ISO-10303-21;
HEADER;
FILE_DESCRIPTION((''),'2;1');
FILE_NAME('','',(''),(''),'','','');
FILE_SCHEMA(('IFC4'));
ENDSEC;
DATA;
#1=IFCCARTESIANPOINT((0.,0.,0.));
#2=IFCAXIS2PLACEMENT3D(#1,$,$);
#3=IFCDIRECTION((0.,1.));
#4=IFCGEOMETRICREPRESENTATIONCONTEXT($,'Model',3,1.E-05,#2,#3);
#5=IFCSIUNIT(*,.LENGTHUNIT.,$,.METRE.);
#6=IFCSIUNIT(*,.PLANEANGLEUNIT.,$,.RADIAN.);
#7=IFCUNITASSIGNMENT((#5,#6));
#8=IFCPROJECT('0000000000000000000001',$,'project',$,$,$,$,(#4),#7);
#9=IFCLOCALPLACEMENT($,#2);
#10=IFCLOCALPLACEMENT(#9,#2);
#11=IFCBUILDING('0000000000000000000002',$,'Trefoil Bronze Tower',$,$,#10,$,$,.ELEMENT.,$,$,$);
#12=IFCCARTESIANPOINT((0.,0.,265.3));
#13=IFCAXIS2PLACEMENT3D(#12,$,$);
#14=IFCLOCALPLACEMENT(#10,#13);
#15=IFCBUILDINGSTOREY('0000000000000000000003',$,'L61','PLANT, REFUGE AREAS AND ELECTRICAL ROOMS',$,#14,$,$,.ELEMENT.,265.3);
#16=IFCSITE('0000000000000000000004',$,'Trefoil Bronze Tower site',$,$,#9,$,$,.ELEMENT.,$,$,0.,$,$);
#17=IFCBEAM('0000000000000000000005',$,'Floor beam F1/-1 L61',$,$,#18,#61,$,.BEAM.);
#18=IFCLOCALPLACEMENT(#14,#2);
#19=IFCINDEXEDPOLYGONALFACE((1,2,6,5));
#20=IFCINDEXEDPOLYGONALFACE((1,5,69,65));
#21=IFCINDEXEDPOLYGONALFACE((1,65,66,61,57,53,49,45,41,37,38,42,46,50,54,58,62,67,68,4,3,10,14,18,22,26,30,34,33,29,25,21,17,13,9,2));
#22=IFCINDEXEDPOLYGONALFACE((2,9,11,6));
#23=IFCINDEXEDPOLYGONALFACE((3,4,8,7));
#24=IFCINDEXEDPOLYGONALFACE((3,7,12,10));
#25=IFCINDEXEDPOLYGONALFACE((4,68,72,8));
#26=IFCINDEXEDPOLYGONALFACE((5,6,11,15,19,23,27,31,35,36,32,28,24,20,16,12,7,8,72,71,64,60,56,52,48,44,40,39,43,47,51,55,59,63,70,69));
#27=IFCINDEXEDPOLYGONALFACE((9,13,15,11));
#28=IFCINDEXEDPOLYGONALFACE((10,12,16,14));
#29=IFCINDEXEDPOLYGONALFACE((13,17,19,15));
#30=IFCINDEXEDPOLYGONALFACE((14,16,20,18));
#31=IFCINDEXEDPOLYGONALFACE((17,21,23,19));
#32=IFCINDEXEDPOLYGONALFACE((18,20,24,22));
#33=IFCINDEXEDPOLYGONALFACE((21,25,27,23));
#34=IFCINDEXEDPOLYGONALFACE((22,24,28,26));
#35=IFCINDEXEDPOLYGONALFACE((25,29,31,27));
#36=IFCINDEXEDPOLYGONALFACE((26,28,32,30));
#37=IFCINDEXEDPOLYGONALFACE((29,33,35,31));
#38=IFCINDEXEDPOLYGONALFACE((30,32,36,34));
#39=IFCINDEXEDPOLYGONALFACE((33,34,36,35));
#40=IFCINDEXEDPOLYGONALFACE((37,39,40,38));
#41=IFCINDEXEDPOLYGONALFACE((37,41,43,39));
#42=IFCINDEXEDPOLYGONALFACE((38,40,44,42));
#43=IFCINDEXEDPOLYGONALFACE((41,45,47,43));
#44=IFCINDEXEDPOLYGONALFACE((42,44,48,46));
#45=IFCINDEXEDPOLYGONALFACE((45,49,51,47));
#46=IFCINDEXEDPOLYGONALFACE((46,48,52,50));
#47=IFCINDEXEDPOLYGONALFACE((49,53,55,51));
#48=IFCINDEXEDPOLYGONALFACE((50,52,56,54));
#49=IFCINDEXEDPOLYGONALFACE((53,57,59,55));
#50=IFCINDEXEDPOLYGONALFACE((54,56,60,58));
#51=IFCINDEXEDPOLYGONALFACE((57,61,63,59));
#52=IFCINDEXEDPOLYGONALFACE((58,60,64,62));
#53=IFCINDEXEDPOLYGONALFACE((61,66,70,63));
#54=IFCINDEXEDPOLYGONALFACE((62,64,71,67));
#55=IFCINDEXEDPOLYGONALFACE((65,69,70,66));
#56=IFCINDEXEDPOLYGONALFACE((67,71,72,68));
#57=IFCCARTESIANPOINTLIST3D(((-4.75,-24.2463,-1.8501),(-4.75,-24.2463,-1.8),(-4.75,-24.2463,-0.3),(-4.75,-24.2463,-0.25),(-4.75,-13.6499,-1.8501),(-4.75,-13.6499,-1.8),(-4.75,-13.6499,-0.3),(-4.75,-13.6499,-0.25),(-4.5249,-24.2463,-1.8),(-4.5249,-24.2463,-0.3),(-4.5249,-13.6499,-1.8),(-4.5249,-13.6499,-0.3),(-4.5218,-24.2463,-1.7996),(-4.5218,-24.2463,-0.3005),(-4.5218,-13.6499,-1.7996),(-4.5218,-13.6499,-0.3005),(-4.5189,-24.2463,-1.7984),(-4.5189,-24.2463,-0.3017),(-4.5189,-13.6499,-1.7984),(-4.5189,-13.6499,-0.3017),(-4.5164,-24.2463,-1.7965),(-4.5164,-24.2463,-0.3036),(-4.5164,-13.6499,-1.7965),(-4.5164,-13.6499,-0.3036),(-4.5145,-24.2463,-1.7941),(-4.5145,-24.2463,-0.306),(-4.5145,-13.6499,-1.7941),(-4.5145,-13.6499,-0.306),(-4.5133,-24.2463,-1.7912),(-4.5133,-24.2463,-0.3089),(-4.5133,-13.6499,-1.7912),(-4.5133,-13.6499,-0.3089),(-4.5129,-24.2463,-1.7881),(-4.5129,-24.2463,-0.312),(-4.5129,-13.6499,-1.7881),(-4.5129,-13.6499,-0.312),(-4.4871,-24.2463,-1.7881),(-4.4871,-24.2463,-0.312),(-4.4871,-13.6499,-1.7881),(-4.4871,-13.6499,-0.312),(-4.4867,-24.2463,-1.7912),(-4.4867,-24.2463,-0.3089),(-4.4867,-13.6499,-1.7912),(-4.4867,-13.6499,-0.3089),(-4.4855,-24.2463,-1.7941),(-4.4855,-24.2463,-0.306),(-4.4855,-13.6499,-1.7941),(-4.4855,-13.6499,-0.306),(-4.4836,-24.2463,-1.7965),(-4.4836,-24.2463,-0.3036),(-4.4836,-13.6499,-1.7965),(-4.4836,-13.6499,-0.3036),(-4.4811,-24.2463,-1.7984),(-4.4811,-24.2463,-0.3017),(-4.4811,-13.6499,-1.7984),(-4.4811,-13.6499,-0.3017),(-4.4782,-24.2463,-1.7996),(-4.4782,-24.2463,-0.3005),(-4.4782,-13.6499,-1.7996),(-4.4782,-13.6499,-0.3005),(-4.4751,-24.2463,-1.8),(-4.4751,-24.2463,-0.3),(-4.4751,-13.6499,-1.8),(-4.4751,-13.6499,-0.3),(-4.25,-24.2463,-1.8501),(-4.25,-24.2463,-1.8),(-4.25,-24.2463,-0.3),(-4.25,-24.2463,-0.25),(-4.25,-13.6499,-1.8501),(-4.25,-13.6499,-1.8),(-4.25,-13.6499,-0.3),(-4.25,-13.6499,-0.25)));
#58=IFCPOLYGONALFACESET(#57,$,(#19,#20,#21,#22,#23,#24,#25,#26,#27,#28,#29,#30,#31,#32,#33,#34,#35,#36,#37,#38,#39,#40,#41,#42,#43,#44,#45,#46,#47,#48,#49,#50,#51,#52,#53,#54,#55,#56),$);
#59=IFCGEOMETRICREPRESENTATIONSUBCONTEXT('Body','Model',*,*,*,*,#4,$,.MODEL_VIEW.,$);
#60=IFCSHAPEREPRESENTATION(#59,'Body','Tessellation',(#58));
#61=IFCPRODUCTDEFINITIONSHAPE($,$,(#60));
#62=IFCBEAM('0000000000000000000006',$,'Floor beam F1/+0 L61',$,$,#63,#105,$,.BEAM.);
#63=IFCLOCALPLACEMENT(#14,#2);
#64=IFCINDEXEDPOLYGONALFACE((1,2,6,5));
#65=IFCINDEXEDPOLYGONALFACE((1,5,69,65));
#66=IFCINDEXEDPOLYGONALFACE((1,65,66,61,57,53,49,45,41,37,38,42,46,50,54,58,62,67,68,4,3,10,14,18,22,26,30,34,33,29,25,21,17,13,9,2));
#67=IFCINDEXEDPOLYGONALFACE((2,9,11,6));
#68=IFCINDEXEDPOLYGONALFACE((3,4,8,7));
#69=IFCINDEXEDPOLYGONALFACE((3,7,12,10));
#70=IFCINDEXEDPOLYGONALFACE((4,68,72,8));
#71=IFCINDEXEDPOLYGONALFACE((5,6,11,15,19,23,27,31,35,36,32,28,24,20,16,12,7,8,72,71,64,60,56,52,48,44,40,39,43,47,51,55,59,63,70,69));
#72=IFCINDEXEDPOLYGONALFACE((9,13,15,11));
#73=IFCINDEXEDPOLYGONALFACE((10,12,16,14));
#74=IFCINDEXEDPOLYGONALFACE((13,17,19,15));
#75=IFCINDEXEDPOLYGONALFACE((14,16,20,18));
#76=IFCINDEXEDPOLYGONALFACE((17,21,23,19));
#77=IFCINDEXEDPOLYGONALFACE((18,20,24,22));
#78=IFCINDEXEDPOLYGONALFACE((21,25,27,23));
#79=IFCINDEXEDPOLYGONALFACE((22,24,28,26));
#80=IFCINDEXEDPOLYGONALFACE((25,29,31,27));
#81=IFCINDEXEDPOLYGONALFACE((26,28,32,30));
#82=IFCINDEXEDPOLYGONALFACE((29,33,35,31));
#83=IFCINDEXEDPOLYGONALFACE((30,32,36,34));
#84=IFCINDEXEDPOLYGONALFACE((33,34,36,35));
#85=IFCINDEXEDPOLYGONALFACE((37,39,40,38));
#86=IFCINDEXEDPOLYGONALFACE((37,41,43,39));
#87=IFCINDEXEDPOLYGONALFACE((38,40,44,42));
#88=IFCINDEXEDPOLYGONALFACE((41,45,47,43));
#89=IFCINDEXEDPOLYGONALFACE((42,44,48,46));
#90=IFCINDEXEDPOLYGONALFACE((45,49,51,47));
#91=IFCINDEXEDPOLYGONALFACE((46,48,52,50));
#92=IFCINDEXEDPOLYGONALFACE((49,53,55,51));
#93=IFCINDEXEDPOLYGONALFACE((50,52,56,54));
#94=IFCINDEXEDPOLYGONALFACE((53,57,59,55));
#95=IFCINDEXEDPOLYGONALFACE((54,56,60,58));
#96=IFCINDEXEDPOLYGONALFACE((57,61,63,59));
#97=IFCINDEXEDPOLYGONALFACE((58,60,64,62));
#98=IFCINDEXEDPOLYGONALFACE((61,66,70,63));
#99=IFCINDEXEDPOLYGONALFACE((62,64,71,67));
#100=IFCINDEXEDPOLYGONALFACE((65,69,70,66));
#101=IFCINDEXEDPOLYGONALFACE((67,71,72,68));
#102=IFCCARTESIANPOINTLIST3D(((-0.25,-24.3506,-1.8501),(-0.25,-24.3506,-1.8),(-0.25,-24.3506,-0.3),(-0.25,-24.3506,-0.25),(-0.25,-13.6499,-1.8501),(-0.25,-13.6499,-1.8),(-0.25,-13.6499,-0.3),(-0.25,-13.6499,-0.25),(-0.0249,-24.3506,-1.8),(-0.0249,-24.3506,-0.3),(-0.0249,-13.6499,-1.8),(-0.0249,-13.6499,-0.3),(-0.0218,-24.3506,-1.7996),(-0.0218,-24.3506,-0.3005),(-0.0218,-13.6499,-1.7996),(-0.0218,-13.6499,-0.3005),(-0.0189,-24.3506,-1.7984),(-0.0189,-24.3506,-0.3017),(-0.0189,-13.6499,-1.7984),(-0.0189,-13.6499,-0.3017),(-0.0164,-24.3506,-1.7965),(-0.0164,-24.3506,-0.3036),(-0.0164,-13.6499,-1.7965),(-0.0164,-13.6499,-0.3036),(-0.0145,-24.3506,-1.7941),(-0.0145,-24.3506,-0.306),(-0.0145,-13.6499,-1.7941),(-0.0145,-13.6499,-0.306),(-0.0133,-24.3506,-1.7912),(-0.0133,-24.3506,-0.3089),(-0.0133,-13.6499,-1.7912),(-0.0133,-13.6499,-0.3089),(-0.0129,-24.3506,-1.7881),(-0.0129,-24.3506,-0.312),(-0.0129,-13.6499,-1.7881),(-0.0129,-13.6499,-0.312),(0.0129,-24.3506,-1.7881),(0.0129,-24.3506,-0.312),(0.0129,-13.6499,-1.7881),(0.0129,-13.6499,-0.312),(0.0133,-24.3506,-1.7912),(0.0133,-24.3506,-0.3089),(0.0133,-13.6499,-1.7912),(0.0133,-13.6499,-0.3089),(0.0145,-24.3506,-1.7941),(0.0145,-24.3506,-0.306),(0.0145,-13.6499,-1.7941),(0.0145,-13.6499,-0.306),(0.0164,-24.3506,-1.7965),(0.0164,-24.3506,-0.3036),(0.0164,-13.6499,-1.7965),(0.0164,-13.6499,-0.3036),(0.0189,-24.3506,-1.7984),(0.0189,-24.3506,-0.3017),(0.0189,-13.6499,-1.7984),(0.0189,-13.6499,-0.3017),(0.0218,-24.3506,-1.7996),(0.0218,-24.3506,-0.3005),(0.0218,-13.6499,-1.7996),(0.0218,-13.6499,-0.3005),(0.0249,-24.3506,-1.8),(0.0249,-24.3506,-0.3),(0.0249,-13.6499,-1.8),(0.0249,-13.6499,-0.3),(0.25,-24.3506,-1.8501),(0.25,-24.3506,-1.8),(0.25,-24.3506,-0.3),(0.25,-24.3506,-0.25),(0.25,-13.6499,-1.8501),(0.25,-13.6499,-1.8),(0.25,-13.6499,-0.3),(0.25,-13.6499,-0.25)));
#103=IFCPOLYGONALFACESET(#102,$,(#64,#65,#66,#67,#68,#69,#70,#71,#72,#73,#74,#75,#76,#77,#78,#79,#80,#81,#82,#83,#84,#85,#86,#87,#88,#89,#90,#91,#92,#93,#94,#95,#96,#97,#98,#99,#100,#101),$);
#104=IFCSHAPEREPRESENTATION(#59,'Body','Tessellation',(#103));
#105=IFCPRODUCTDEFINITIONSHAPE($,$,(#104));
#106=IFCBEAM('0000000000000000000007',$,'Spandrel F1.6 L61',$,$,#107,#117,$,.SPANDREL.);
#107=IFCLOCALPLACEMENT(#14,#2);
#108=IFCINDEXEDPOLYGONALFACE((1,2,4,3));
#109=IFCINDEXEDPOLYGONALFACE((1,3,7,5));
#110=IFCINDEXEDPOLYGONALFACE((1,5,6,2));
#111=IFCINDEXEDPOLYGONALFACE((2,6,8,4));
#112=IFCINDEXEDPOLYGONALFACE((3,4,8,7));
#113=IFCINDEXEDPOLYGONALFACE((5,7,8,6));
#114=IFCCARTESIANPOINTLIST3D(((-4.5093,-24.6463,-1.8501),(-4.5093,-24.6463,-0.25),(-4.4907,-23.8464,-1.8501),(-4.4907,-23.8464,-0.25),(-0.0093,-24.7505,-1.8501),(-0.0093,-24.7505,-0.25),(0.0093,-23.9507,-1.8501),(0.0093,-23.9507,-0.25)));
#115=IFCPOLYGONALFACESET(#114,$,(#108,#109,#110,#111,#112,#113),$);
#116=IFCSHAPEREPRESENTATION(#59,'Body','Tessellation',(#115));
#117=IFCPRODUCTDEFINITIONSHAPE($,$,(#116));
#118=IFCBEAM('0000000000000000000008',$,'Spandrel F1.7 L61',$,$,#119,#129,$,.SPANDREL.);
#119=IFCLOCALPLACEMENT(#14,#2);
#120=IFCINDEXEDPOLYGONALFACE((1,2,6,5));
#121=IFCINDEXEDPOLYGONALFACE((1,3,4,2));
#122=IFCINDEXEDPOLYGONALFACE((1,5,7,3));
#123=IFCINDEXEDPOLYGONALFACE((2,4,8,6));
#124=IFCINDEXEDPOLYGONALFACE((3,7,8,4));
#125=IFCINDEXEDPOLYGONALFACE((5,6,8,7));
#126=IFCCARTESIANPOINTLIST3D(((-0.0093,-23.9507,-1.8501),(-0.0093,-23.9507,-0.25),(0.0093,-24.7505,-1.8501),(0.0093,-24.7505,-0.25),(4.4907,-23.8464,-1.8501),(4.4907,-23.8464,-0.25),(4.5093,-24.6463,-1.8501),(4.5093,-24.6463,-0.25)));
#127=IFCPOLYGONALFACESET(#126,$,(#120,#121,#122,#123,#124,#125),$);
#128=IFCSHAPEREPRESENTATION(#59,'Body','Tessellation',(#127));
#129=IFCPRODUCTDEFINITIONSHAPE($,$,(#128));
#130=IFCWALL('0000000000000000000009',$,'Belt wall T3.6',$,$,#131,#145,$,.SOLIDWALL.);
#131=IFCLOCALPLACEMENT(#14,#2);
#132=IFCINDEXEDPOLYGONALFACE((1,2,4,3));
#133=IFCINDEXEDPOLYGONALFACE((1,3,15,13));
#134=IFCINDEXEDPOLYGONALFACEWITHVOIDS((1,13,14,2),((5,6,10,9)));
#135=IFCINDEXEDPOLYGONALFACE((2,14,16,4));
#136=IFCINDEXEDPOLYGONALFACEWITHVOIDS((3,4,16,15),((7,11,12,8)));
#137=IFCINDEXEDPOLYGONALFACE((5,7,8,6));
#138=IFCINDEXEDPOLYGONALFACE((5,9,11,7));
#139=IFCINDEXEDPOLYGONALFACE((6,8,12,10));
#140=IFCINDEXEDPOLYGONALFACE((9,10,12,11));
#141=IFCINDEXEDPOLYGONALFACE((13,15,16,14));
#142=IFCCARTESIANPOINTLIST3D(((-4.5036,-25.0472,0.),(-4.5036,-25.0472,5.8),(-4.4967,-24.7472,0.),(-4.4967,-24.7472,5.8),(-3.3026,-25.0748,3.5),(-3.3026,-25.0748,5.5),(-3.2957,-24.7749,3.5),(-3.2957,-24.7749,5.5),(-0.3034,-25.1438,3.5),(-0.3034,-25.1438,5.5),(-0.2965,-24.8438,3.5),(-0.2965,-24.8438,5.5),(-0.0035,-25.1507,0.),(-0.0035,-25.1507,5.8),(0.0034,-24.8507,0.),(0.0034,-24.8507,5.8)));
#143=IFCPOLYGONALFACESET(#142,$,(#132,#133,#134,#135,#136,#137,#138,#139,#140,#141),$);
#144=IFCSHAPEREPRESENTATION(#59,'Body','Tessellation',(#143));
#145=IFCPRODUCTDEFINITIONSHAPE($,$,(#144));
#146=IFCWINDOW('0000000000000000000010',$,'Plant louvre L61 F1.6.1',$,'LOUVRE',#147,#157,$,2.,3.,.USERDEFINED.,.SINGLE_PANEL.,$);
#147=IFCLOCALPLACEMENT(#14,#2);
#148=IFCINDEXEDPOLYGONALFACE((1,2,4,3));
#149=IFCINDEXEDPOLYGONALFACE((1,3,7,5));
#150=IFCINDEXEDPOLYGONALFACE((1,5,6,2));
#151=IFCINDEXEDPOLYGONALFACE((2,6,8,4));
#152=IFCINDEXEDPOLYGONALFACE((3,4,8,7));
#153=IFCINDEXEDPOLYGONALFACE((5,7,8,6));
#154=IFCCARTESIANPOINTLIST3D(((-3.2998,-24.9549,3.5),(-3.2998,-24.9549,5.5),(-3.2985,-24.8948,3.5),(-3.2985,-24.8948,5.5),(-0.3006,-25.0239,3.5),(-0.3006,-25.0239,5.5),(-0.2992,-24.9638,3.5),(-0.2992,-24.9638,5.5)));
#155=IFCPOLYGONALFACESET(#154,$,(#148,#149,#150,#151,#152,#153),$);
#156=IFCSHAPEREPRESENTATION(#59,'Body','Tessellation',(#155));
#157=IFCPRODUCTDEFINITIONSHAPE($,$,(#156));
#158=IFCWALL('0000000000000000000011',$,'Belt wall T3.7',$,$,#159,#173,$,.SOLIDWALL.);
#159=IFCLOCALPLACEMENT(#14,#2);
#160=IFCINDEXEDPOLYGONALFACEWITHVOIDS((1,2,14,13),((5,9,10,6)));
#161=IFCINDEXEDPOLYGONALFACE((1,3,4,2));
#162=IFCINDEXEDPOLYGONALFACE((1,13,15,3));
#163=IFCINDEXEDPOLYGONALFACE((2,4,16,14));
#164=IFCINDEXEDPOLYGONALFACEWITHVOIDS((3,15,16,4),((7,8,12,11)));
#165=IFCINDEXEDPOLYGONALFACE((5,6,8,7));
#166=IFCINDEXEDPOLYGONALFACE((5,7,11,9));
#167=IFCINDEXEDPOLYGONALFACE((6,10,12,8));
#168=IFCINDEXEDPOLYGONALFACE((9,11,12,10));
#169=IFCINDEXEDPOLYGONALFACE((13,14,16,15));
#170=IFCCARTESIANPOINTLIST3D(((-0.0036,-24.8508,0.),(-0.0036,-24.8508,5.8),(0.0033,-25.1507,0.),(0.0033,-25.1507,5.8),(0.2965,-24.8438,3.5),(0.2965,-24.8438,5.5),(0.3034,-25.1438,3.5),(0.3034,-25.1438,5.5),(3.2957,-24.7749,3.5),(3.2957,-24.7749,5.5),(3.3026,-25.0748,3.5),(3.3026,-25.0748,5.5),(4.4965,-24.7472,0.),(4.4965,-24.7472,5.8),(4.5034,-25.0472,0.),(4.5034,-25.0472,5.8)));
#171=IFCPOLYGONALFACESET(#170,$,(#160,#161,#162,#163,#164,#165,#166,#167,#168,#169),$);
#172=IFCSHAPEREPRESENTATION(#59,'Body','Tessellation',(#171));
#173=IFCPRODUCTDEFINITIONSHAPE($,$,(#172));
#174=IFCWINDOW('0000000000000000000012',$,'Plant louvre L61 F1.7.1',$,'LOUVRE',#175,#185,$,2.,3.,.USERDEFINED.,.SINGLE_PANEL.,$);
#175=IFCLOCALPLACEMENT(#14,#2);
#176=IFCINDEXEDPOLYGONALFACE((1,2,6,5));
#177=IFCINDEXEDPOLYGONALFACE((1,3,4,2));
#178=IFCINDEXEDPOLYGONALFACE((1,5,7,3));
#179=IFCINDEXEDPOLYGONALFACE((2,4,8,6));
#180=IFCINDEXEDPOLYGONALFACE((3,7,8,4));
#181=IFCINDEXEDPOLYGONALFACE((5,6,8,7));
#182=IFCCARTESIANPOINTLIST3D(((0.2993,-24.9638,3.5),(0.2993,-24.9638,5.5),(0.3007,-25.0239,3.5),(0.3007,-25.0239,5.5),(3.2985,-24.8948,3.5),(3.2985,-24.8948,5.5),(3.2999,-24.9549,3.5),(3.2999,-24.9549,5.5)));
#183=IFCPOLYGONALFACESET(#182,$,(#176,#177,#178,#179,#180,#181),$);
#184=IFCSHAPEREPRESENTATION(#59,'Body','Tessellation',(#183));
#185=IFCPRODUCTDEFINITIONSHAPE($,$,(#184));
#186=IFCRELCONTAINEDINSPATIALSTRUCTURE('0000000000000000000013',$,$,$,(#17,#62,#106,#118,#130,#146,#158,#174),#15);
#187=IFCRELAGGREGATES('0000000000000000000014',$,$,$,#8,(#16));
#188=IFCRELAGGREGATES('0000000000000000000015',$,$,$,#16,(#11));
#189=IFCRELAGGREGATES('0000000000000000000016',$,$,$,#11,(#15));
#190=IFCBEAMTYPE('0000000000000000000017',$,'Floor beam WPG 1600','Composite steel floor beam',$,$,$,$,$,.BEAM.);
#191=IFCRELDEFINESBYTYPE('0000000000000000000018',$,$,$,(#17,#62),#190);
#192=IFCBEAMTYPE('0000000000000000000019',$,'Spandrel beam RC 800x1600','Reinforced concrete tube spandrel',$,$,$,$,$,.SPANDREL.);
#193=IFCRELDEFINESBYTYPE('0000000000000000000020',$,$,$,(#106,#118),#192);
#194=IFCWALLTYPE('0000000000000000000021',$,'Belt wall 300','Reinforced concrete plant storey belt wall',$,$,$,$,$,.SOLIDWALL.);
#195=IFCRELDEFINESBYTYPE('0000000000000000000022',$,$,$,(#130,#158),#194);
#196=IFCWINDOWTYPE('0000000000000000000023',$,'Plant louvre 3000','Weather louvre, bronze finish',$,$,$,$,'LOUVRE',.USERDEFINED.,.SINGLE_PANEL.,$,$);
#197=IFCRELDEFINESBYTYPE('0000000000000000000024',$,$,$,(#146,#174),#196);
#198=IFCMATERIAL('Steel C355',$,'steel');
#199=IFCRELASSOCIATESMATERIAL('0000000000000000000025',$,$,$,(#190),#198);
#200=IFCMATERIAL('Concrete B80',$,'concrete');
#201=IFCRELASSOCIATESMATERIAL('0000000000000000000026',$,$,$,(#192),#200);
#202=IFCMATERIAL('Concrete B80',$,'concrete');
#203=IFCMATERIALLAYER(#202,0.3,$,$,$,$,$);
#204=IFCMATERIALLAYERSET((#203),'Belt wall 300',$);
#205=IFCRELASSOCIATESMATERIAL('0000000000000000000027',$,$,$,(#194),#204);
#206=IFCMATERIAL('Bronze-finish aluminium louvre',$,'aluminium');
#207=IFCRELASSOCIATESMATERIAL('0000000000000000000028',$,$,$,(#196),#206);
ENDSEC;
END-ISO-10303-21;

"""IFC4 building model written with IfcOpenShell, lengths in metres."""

from ifc_helpers import new_model, si_unit, direction, frame, frame_2d, origin, origin_2d, place, context, subcontext, project, spatial, rectangle, i_section, extrude, material, layer, layer_set, material_profile, profile_set, type_object, element, fill, save


model = new_model("IFC4")

# Units and contexts
model_context = context("Model", 3, precision=1e-05, world=origin(), true_north=direction((0.0, 1.0)))
body_context = subcontext(model_context, "Body", "Model", "MODEL_VIEW")
ifc_project = project(units=[si_unit("LENGTHUNIT", "METRE"), si_unit("PLANEANGLEUNIT", "RADIAN")], contexts=[model_context])

# Site, building, storey
site_placement = place(None, origin())
site = spatial("IfcSite", under=ifc_project, at=site_placement, Name="Trefoil Bronze Tower site", CompositionType="ELEMENT", RefElevation=0.0)
building_placement = place(site_placement, origin())
building = spatial("IfcBuilding", under=site, at=building_placement, Name="Trefoil Bronze Tower", CompositionType="ELEMENT")
storey_placement = place(building_placement, frame((0.0, 0.0, 265.3)))
storey = spatial("IfcBuildingStorey", under=building, at=storey_placement, Name="L61", Description="PLANT, REFUGE AREAS AND ELECTRICAL ROOMS", CompositionType="ELEMENT", Elevation=265.3)

# Beams
ifc_material_1 = material(Name="Steel C355", Category="steel")
ifc_material_profile_1 = material_profile(ifc_material_1, i_section(OverallWidth=0.5, OverallDepth=1.6001, WebThickness=0.0259, FlangeThickness=0.05, FilletRadius=0.012, at=origin_2d()), Name="WPG 1600")
ifc_profile_set_1 = profile_set([ifc_material_profile_1], Name="Steel C355")
beam_type_1 = type_object("IfcBeamType", Name="Floor beam WPG 1600", Description="Composite steel floor beam", PredefinedType="BEAM", material=ifc_profile_set_1)
beam_1_placement = place(storey_placement, frame((-4.5, -24.2463, -1.05), z_axis=(0.0, 1.0, 0.0), x_axis=(-1.0, 0.0, 0.0)))
element("IfcBeam", 1, at=beam_1_placement, inside=storey, type_object=beam_type_1, Name="Floor beam F1/-1 L61", PredefinedType="BEAM", context=body_context, shape_type="SweptSolid", body=[
    extrude(i_section(OverallWidth=0.5, OverallDepth=1.6001, WebThickness=0.0259, FlangeThickness=0.05, FilletRadius=0.012, at=origin_2d()), origin(), (0.0, 0.0, 1.0), 10.5964),
])
beam_2_placement = place(storey_placement, frame((0.0, -24.3506, -1.05), z_axis=(0.0, 1.0, 0.0), x_axis=(-1.0, 0.0, 0.0)))
element("IfcBeam", 2, at=beam_2_placement, inside=storey, type_object=beam_type_1, Name="Floor beam F1/+0 L61", PredefinedType="BEAM", context=body_context, shape_type="SweptSolid", body=[
    extrude(i_section(OverallWidth=0.5, OverallDepth=1.6001, WebThickness=0.0259, FlangeThickness=0.05, FilletRadius=0.012, at=origin_2d()), origin(), (0.0, 0.0, 1.0), 10.7007),
])
ifc_material_2 = material(Name="Concrete B80", Category="concrete")
ifc_material_profile_2 = material_profile(ifc_material_2, rectangle(XDim=0.8, YDim=1.6001, at=origin_2d()), Name="RC 800x1600")
ifc_profile_set_2 = profile_set([ifc_material_profile_2], Name="Concrete B80")
beam_type_2 = type_object("IfcBeamType", Name="Spandrel beam RC 800x1600", Description="Reinforced concrete tube spandrel", PredefinedType="SPANDREL", material=ifc_profile_set_2)
for number, where, z_axis, x_axis, name in (
    (3, (-4.5, -24.2463, -1.05), (0.999732, -0.02316, 0.0), (0.02316, 0.999732, 0.0), "Spandrel F1.6 L61"),
    (4, (0.0, -24.3506, -1.05), (0.999732, 0.02316, 0.0), (-0.02316, 0.999732, 0.0), "Spandrel F1.7 L61"),
):
    element("IfcBeam", number, at=place(storey_placement, frame(where, z_axis=z_axis, x_axis=x_axis)), inside=storey, type_object=beam_type_2, Name=name, PredefinedType="SPANDREL", context=body_context, shape_type="SweptSolid", body=[
        extrude(rectangle(XDim=0.8, YDim=1.6001, at=origin_2d()), origin(), (0.0, 0.0, 1.0), 4.5012),
    ])

# Walls, openings, windows
ifc_material_3 = material(Name="Concrete B80", Category="concrete")
ifc_layer_1 = layer(ifc_material_3, 0.3)
ifc_layer_set_1 = layer_set([ifc_layer_1], Name="Belt wall 300")
wall_type = type_object("IfcWallType", Name="Belt wall 300", Description="Reinforced concrete plant storey belt wall", PredefinedType="SOLIDWALL", material=ifc_layer_set_1)
wall_1_placement = place(storey_placement, frame((-4.5, -24.8972, 0.0), z_axis=(0.0, 0.0, 1.0), x_axis=(0.999736, -0.022997, 0.0)))
wall_1 = element("IfcWall", 5, at=wall_1_placement, inside=storey, type_object=wall_type, Name="Belt wall T3.6", PredefinedType="SOLIDWALL", context=body_context, shape_type="SweptSolid", body=[
    extrude(rectangle(XDim=4.5012, YDim=0.3, at=frame_2d((2.2505, 0.0))), origin(), (0.0, 0.0, 1.0), 5.8),
])
opening_1_placement = place(wall_1_placement, frame((1.2012, 0.0, 3.5)))
opening_1 = element("IfcOpeningElement", 6, at=opening_1_placement, cuts=wall_1, PredefinedType="OPENING", context=body_context, shape_type="SweptSolid", body=[
    extrude(rectangle(XDim=3.0, YDim=2.0, at=frame_2d((1.5, 1.0))), frame((0.0, 0.1599, 0.0), z_axis=(0.0, -1.0, 0.0), x_axis=(1.0, 0.0, 0.0)), (0.0, 0.0, 1.0), 0.3201),
])
ifc_material_4 = material(Name="Bronze-finish aluminium louvre", Category="aluminium")
window_type = type_object("IfcWindowType", Name="Plant louvre 3000", Description="Weather louvre, bronze finish", ElementType="LOUVRE", PartitioningType="SINGLE_PANEL", PredefinedType="USERDEFINED", material=ifc_material_4)
window_1_placement = place(opening_1_placement, origin())
window_1 = element("IfcWindow", 7, at=window_1_placement, inside=storey, type_object=window_type, Name="Plant louvre L61 F1.6.1", ObjectType="LOUVRE", OverallHeight=2.0, OverallWidth=3.0, PartitioningType="SINGLE_PANEL", PredefinedType="USERDEFINED", context=body_context, shape_type="SweptSolid", body=[
    extrude(rectangle(XDim=3.0, YDim=2.0, at=frame_2d((1.5, 1.0))), frame((0.0, 0.03, 0.0), z_axis=(0.0, -1.0, 0.0), x_axis=(1.0, 0.0, 0.0)), (0.0, 0.0, 1.0), 0.0601),
])
fill(opening_1, window_1)
wall_2_placement = place(storey_placement, frame((0.0, -25.0007, 0.0), z_axis=(0.0, 0.0, 1.0), x_axis=(0.999736, 0.022997, 0.0)))
wall_2 = element("IfcWall", 8, at=wall_2_placement, inside=storey, type_object=wall_type, Name="Belt wall T3.7", PredefinedType="SOLIDWALL", context=body_context, shape_type="SweptSolid", body=[
    extrude(rectangle(XDim=4.5012, YDim=0.3, at=frame_2d((2.2505, 0.0))), origin(), (0.0, 0.0, 1.0), 5.8),
])
opening_2_placement = place(wall_2_placement, frame((0.3, 0.0, 3.5)))
opening_2 = element("IfcOpeningElement", 9, at=opening_2_placement, cuts=wall_2, PredefinedType="OPENING", context=body_context, shape_type="SweptSolid", body=[
    extrude(rectangle(XDim=3.0, YDim=2.0, at=frame_2d((1.5, 1.0))), frame((0.0, 0.1599, 0.0), z_axis=(0.0, -1.0, 0.0), x_axis=(1.0, 0.0, 0.0)), (0.0, 0.0, 1.0), 0.3201),
])
window_2_placement = place(opening_2_placement, origin())
window_2 = element("IfcWindow", 10, at=window_2_placement, inside=storey, type_object=window_type, Name="Plant louvre L61 F1.7.1", ObjectType="LOUVRE", OverallHeight=2.0, OverallWidth=3.0, PartitioningType="SINGLE_PANEL", PredefinedType="USERDEFINED", context=body_context, shape_type="SweptSolid", body=[
    extrude(rectangle(XDim=3.0, YDim=2.0, at=frame_2d((1.5, 1.0))), frame((0.0, 0.03, 0.0), z_axis=(0.0, -1.0, 0.0), x_axis=(1.0, 0.0, 0.0)), (0.0, 0.0, 1.0), 0.0601),
])
fill(opening_2, window_2)

save(model, "model.ifc")
